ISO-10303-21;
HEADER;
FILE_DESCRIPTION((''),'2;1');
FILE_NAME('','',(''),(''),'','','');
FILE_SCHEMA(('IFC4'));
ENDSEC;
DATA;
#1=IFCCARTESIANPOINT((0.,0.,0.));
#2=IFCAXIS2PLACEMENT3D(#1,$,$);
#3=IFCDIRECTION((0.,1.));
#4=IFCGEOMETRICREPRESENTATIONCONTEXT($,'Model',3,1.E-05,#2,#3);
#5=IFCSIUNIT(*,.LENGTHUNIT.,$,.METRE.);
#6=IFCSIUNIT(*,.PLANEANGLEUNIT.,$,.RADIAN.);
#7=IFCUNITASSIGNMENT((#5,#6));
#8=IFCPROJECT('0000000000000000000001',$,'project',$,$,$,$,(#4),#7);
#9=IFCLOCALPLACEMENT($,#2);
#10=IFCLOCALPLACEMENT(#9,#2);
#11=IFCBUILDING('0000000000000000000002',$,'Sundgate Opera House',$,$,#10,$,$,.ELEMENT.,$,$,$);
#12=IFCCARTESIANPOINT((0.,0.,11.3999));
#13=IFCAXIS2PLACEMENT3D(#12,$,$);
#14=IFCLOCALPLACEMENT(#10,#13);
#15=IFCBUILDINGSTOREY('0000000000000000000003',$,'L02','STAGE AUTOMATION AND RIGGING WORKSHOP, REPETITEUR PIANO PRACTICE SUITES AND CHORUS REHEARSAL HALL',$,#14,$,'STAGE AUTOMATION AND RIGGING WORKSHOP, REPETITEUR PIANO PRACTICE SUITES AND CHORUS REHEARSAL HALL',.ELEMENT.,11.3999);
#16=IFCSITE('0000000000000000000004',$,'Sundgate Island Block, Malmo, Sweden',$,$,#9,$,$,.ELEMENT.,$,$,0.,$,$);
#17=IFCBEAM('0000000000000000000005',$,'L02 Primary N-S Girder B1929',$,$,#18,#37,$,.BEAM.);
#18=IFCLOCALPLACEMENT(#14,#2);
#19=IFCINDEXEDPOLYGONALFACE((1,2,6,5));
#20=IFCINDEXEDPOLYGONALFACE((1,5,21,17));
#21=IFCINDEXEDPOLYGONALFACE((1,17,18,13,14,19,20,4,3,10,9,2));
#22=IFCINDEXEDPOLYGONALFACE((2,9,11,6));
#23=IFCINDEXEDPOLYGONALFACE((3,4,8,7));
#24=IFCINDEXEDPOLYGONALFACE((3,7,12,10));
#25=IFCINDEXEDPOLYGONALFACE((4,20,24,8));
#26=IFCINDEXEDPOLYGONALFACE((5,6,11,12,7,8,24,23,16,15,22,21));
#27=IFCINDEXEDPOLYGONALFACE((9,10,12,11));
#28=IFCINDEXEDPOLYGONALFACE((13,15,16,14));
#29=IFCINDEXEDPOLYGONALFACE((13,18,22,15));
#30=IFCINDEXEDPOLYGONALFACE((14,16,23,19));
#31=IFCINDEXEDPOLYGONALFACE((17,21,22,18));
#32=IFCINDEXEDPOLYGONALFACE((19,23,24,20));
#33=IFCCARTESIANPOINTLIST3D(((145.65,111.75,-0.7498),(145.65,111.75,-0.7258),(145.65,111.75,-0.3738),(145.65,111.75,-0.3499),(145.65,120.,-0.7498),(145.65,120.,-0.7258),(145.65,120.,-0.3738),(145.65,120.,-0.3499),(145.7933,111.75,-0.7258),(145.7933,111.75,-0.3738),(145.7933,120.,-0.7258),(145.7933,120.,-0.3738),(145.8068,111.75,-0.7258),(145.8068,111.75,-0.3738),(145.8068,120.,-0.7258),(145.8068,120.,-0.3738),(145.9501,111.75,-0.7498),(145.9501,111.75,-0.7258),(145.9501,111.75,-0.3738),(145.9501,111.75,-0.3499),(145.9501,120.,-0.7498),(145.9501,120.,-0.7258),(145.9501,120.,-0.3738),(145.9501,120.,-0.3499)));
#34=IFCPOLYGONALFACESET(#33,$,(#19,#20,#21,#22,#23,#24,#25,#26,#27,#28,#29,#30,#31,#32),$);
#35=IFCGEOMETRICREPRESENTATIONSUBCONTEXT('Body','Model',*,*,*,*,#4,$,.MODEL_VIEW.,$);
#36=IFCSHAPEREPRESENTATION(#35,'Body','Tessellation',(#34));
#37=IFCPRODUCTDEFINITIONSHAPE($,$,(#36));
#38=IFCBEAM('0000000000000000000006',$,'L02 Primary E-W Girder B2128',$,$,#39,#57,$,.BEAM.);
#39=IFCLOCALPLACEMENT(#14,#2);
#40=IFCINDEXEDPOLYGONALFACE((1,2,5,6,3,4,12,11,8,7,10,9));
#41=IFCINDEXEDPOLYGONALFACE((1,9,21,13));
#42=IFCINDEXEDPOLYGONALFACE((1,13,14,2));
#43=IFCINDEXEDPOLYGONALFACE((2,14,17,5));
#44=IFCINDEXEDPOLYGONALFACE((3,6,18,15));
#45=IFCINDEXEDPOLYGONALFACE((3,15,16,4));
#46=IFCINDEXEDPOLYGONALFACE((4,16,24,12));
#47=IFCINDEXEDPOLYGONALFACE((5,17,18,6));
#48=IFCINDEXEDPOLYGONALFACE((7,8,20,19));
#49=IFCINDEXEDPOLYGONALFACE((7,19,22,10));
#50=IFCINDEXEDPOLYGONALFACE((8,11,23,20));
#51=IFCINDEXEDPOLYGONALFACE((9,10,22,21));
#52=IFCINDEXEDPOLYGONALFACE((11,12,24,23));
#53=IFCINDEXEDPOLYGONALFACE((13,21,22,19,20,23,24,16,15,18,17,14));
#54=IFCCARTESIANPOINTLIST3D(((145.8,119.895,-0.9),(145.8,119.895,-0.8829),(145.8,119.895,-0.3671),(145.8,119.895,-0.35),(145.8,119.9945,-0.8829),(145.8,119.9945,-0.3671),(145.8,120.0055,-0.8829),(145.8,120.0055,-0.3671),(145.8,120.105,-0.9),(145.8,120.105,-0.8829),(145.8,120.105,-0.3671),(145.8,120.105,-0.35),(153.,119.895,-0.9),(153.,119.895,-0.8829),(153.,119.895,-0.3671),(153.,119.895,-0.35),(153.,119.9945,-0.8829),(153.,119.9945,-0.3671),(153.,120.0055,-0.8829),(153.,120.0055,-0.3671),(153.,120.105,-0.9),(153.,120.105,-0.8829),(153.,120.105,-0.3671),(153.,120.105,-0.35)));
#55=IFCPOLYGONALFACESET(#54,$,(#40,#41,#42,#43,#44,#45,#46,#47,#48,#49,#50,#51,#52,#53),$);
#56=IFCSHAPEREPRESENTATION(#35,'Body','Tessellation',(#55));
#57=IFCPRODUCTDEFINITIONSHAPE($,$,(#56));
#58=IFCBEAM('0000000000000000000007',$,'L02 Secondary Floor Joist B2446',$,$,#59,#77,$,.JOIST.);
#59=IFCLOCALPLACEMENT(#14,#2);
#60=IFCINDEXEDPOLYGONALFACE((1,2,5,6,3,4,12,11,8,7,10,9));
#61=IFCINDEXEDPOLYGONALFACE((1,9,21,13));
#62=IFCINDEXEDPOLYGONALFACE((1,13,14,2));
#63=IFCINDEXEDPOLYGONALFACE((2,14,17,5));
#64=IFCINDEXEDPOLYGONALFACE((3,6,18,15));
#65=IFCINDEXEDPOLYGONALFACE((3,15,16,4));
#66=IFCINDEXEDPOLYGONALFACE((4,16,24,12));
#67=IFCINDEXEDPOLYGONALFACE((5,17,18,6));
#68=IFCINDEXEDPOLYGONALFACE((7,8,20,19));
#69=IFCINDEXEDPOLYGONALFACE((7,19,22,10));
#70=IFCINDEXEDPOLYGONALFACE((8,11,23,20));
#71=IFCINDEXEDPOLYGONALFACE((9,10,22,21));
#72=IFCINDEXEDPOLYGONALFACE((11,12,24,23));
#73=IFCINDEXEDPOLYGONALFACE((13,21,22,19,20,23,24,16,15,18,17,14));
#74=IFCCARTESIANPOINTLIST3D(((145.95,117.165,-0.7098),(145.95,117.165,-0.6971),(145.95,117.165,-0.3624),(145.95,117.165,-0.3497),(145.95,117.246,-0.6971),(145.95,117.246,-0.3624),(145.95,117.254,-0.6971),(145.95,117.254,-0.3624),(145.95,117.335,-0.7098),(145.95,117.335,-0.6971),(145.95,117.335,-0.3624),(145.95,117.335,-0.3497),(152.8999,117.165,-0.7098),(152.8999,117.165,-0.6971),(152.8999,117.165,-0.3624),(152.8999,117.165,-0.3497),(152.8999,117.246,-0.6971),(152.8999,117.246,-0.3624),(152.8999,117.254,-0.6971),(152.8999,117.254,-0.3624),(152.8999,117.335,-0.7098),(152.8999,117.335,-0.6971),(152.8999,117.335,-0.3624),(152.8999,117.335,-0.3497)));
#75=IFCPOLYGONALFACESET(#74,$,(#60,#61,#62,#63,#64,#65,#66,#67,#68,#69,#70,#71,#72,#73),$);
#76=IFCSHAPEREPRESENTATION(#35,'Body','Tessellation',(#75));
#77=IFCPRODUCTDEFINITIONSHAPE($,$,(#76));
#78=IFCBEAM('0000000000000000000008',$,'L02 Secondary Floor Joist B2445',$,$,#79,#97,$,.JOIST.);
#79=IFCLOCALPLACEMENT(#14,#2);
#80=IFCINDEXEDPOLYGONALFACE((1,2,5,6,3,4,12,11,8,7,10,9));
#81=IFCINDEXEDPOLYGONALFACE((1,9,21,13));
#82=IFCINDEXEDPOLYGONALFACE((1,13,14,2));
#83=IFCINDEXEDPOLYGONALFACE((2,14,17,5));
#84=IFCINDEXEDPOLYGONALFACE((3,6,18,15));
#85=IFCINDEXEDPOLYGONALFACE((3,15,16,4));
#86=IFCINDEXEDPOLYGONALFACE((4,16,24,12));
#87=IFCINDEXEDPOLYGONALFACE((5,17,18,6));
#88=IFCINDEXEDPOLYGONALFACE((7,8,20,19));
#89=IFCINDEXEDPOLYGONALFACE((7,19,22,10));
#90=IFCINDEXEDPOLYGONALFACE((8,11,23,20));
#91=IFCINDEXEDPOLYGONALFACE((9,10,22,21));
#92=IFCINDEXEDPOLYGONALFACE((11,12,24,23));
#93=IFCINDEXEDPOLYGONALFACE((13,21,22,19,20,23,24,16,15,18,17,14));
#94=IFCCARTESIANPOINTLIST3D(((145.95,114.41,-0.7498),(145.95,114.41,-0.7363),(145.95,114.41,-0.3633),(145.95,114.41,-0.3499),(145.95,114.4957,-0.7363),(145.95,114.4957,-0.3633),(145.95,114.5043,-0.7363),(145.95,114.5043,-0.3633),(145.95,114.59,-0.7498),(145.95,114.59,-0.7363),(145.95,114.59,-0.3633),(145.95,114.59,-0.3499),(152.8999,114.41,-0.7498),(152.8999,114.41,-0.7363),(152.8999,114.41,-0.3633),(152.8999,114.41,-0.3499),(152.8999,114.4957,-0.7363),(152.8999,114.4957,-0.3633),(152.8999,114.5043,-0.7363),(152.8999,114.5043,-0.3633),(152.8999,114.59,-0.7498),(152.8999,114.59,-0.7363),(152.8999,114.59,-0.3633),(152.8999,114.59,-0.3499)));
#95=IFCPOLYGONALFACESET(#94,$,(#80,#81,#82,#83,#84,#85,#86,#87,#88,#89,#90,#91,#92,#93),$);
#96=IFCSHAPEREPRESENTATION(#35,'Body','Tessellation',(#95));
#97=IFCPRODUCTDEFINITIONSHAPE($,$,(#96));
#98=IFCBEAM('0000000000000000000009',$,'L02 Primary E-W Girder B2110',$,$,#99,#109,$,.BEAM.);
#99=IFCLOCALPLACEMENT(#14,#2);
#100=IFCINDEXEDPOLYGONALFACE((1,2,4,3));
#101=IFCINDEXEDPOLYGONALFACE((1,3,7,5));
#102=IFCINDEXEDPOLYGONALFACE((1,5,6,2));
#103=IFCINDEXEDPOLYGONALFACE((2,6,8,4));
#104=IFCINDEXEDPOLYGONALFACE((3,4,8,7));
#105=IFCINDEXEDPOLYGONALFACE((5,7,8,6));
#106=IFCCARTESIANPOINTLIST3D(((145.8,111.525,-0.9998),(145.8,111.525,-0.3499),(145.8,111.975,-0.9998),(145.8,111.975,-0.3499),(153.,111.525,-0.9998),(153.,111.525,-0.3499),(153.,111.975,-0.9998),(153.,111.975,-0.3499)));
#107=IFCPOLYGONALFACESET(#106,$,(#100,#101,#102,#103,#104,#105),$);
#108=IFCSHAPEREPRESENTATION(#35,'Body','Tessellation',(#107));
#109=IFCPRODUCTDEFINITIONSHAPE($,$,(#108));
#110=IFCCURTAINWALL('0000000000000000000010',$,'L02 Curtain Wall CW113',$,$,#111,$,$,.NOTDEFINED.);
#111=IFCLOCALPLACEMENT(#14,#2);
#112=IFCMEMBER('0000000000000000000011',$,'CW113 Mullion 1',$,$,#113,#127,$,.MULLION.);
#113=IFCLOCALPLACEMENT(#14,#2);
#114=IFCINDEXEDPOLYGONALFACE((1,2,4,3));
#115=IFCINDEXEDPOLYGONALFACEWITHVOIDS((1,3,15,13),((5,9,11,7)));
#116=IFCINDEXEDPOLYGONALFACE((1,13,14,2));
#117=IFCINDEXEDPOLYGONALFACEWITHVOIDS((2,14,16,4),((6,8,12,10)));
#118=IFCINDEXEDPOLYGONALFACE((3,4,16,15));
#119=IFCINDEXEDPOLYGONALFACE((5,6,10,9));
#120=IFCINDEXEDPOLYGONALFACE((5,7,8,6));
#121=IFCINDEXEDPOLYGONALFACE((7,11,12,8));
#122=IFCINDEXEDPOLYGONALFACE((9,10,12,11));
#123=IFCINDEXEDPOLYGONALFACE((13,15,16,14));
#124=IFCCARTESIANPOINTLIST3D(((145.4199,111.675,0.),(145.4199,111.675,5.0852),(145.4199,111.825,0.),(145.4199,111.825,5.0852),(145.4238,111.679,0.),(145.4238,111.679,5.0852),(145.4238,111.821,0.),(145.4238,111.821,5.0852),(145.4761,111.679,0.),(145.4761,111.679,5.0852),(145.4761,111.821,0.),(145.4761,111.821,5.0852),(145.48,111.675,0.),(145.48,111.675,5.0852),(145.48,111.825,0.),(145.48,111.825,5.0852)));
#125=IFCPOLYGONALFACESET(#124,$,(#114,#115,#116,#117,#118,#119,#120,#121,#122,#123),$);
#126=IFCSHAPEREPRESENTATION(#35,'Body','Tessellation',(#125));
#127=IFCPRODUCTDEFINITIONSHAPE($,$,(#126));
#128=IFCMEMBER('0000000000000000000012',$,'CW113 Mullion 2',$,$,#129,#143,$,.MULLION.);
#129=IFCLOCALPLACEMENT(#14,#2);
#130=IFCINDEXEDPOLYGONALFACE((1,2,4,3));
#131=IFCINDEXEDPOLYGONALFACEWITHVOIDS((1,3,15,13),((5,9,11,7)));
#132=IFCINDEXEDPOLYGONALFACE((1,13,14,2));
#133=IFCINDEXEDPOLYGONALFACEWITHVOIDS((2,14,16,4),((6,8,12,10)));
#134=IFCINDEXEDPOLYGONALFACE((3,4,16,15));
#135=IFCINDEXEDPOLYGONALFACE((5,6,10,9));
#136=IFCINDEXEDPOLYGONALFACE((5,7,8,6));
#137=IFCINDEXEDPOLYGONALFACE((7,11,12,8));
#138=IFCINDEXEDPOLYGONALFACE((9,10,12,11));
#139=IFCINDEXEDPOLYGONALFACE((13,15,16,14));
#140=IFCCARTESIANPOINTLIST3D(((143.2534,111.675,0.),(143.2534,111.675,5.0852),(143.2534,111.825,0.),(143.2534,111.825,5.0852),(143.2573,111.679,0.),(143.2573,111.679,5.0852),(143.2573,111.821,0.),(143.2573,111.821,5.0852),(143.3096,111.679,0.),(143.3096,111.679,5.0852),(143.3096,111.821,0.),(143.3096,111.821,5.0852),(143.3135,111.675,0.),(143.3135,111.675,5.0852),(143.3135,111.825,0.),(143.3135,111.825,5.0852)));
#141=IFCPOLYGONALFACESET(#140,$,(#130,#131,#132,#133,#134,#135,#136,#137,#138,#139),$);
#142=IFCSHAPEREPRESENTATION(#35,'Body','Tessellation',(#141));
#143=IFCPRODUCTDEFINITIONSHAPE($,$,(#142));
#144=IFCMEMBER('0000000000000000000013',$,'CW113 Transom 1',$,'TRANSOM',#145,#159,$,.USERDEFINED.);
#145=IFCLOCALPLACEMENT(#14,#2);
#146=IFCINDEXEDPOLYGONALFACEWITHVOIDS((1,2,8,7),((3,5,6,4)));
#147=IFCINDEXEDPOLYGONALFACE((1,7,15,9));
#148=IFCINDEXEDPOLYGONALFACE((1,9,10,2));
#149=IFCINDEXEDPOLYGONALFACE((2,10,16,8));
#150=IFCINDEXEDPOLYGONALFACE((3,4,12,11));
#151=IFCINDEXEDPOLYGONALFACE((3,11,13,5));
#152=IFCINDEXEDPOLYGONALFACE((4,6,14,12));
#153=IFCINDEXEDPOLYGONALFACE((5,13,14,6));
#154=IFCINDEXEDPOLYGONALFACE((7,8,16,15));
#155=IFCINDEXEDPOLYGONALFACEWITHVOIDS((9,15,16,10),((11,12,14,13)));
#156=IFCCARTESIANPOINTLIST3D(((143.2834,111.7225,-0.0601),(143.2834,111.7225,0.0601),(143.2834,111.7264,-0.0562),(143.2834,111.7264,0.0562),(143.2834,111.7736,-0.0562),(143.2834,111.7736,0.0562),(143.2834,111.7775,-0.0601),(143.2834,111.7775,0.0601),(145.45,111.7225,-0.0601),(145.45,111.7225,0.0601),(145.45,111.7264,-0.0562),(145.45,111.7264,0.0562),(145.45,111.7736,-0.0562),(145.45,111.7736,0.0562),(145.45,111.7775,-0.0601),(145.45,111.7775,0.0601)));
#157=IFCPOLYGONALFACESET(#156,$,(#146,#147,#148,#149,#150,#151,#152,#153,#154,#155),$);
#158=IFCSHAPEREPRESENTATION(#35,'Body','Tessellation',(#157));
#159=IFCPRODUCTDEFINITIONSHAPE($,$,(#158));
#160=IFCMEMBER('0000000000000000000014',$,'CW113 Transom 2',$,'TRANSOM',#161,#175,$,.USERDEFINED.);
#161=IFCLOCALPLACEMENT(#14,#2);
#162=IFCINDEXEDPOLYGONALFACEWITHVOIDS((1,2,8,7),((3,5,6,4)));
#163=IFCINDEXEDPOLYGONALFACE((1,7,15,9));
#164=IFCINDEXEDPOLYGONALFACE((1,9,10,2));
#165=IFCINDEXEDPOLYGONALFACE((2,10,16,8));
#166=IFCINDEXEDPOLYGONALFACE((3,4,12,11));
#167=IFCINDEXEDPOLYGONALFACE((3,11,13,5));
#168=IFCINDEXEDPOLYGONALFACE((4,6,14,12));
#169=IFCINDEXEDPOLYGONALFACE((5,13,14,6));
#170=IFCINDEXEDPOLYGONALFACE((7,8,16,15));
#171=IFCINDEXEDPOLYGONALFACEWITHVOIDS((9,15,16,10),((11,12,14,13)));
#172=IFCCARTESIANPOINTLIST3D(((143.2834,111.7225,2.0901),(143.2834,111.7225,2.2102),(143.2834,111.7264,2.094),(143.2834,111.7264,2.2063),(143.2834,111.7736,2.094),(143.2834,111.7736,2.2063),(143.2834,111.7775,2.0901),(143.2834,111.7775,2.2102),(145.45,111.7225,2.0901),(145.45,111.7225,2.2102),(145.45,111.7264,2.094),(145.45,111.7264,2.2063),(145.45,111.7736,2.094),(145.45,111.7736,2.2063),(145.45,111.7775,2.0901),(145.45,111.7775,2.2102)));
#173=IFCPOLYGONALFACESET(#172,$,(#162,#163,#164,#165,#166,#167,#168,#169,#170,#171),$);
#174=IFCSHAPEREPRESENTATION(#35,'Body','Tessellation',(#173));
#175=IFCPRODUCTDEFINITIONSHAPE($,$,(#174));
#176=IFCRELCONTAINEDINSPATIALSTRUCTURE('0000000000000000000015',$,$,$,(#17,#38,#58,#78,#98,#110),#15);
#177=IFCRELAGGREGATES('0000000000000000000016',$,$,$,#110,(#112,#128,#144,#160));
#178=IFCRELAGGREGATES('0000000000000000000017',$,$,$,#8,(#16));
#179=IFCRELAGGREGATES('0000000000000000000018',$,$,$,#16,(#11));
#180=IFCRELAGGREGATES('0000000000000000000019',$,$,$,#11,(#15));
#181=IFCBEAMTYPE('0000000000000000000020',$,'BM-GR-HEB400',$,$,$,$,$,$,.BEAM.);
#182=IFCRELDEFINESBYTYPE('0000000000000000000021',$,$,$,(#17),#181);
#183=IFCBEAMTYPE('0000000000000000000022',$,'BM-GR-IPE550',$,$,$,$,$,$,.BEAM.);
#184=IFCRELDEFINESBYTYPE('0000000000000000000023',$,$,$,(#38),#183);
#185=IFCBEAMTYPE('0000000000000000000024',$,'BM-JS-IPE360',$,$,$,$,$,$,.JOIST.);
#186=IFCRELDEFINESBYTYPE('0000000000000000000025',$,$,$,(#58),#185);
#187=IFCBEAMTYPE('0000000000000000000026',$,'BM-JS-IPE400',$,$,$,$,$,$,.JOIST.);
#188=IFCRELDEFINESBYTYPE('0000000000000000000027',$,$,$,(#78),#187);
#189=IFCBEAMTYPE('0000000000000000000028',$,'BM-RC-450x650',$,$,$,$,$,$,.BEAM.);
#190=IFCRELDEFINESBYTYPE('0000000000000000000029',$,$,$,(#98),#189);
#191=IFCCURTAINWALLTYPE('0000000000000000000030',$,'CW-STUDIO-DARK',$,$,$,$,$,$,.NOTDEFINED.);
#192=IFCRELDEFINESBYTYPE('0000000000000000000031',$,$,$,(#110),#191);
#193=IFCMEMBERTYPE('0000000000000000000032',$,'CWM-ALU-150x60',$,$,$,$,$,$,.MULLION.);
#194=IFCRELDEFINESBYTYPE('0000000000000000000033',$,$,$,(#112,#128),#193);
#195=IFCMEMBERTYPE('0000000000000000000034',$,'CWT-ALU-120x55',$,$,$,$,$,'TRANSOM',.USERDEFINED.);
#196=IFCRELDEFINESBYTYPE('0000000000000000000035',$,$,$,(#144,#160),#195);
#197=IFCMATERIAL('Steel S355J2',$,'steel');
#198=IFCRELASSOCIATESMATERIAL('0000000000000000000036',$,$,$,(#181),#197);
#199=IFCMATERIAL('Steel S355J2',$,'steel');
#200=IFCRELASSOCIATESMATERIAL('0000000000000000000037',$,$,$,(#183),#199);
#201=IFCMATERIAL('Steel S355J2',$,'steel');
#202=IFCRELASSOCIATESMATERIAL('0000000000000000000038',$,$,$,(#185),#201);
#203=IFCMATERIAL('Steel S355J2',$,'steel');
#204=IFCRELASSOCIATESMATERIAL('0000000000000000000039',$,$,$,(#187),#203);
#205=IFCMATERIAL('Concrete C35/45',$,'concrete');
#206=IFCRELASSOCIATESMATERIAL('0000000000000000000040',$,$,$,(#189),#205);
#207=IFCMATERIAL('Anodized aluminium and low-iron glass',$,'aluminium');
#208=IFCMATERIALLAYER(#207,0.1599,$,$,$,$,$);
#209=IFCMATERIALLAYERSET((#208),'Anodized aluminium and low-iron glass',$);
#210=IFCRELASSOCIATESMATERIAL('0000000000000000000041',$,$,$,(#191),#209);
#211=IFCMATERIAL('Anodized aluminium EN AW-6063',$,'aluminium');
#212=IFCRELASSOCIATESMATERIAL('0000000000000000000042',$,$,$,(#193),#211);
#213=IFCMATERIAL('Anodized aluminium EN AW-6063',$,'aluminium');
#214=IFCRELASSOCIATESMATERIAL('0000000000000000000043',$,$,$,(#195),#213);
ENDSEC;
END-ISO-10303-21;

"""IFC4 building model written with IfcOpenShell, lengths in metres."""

from ifc_helpers import new_model, si_unit, direction, frame, origin, origin_2d, place, context, subcontext, project, spatial, rectangle, hollow_rectangle, i_section, extrude, material, layer, layer_set, material_profile, profile_set, type_object, element, aggregate, save


model = new_model("IFC4")

# Units and contexts
model_context = context("Model", 3, precision=1e-05, world=origin(), true_north=direction((0.0, 1.0)))
body_context = subcontext(model_context, "Body", "Model", "MODEL_VIEW")
ifc_project = project(units=[si_unit("LENGTHUNIT", "METRE"), si_unit("PLANEANGLEUNIT", "RADIAN")], contexts=[model_context])

# Site, building, storey
site_placement = place(None, origin())
site = spatial("IfcSite", under=ifc_project, at=site_placement, Name="Sundgate Island Block, Malmo, Sweden", CompositionType="ELEMENT", RefElevation=0.0)
building_placement = place(site_placement, origin())
building = spatial("IfcBuilding", under=site, at=building_placement, Name="Sundgate Opera House", CompositionType="ELEMENT")
storey_placement = place(building_placement, frame((0.0, 0.0, 11.3999)))
storey = spatial("IfcBuildingStorey", under=building, at=storey_placement, Name="L02", Description="STAGE AUTOMATION AND RIGGING WORKSHOP, REPETITEUR PIANO PRACTICE SUITES AND CHORUS REHEARSAL HALL", LongName="STAGE AUTOMATION AND RIGGING WORKSHOP, REPETITEUR PIANO PRACTICE SUITES AND CHORUS REHEARSAL HALL", CompositionType="ELEMENT", Elevation=11.3999)

# Beams
ifc_material_1 = material(Name="Steel S355J2", Category="steel")
ifc_material_profile_1 = material_profile(ifc_material_1, i_section(OverallWidth=0.3, OverallDepth=0.3999, WebThickness=0.0134, FlangeThickness=0.0239, at=origin_2d()), Name="HEB 400")
ifc_profile_set_1 = profile_set([ifc_material_profile_1], Name="Steel S355J2")
beam_type_1 = type_object("IfcBeamType", Name="BM-GR-HEB400", PredefinedType="BEAM", material=ifc_profile_set_1)
beam_1_placement = place(storey_placement, frame((145.8, 111.75, -0.5498), z_axis=(0.0, 1.0, 0.0), x_axis=(-1.0, 0.0, 0.0)))
element("IfcBeam", 1, at=beam_1_placement, inside=storey, type_object=beam_type_1, Name="L02 Primary N-S Girder B1929", PredefinedType="BEAM", context=body_context, shape_type="SweptSolid", body=[
    extrude(i_section(OverallWidth=0.3, OverallDepth=0.3999, WebThickness=0.0134, FlangeThickness=0.0239, at=origin_2d()), origin(), (0.0, 0.0, 1.0), 8.25),
])
ifc_material_2 = material(Name="Steel S355J2", Category="steel")
ifc_material_profile_2 = material_profile(ifc_material_2, i_section(OverallWidth=0.21, OverallDepth=0.55, WebThickness=0.011, FlangeThickness=0.0171, at=origin_2d()), Name="IPE 550")
ifc_profile_set_2 = profile_set([ifc_material_profile_2], Name="Steel S355J2")
beam_type_2 = type_object("IfcBeamType", Name="BM-GR-IPE550", PredefinedType="BEAM", material=ifc_profile_set_2)
beam_2_placement = place(storey_placement, frame((145.8, 120.0, -0.625), z_axis=(1.0, 0.0, 0.0), x_axis=(0.0, 1.0, 0.0)))
element("IfcBeam", 2, at=beam_2_placement, inside=storey, type_object=beam_type_2, Name="L02 Primary E-W Girder B2128", PredefinedType="BEAM", context=body_context, shape_type="SweptSolid", body=[
    extrude(i_section(OverallWidth=0.21, OverallDepth=0.55, WebThickness=0.011, FlangeThickness=0.0171, at=origin_2d()), origin(), (0.0, 0.0, 1.0), 7.2),
])
ifc_material_3 = material(Name="Steel S355J2", Category="steel")
ifc_material_profile_3 = material_profile(ifc_material_3, i_section(OverallWidth=0.1699, OverallDepth=0.3601, WebThickness=0.0081, FlangeThickness=0.0127, at=origin_2d()), Name="IPE 360")
ifc_profile_set_3 = profile_set([ifc_material_profile_3], Name="Steel S355J2")
beam_type_3 = type_object("IfcBeamType", Name="BM-JS-IPE360", PredefinedType="JOIST", material=ifc_profile_set_3)
beam_3_placement = place(storey_placement, frame((145.95, 117.25, -0.5298), z_axis=(1.0, 0.0, 0.0), x_axis=(0.0, 1.0, 0.0)))
element("IfcBeam", 3, at=beam_3_placement, inside=storey, type_object=beam_type_3, Name="L02 Secondary Floor Joist B2446", PredefinedType="JOIST", context=body_context, shape_type="SweptSolid", body=[
    extrude(i_section(OverallWidth=0.1699, OverallDepth=0.3601, WebThickness=0.0081, FlangeThickness=0.0127, at=origin_2d()), origin(), (0.0, 0.0, 1.0), 6.95),
])
ifc_material_4 = material(Name="Steel S355J2", Category="steel")
ifc_material_profile_4 = material_profile(ifc_material_4, i_section(OverallWidth=0.1799, OverallDepth=0.3999, WebThickness=0.0085, FlangeThickness=0.0134, at=origin_2d()), Name="IPE 400")
ifc_profile_set_4 = profile_set([ifc_material_profile_4], Name="Steel S355J2")
beam_type_4 = type_object("IfcBeamType", Name="BM-JS-IPE400", PredefinedType="JOIST", material=ifc_profile_set_4)
beam_4_placement = place(storey_placement, frame((145.95, 114.5, -0.5498), z_axis=(1.0, 0.0, 0.0), x_axis=(0.0, 1.0, 0.0)))
element("IfcBeam", 4, at=beam_4_placement, inside=storey, type_object=beam_type_4, Name="L02 Secondary Floor Joist B2445", PredefinedType="JOIST", context=body_context, shape_type="SweptSolid", body=[
    extrude(i_section(OverallWidth=0.1799, OverallDepth=0.3999, WebThickness=0.0085, FlangeThickness=0.0134, at=origin_2d()), origin(), (0.0, 0.0, 1.0), 6.95),
])
ifc_material_5 = material(Name="Concrete C35/45", Category="concrete")
ifc_material_profile_5 = material_profile(ifc_material_5, rectangle(XDim=0.45, YDim=0.6499, at=origin_2d()), Name="RC 450x650")
ifc_profile_set_5 = profile_set([ifc_material_profile_5], Name="Concrete C35/45")
beam_type_5 = type_object("IfcBeamType", Name="BM-RC-450x650", PredefinedType="BEAM", material=ifc_profile_set_5)
beam_5_placement = place(storey_placement, frame((145.8, 111.75, -0.6748), z_axis=(1.0, 0.0, 0.0), x_axis=(0.0, 1.0, 0.0)))
element("IfcBeam", 5, at=beam_5_placement, inside=storey, type_object=beam_type_5, Name="L02 Primary E-W Girder B2110", PredefinedType="BEAM", context=body_context, shape_type="SweptSolid", body=[
    extrude(rectangle(XDim=0.45, YDim=0.6499, at=origin_2d()), origin(), (0.0, 0.0, 1.0), 7.2),
])

# Curtain wall, members
ifc_material_6 = material(Name="Anodized aluminium and low-iron glass", Category="aluminium")
ifc_layer_1 = layer(ifc_material_6, 0.1599)
ifc_layer_set_1 = layer_set([ifc_layer_1], Name="Anodized aluminium and low-iron glass")
curtain_wall_type = type_object("IfcCurtainWallType", Name="CW-STUDIO-DARK", PredefinedType="NOTDEFINED", material=ifc_layer_set_1)
curtain_wall_placement = place(storey_placement, origin())
curtain_wall = element("IfcCurtainWall", 6, at=curtain_wall_placement, inside=storey, type_object=curtain_wall_type, Name="L02 Curtain Wall CW113", PredefinedType="NOTDEFINED")
ifc_material_7 = material(Name="Anodized aluminium EN AW-6063", Category="aluminium")
ifc_material_profile_6 = material_profile(ifc_material_7, hollow_rectangle(XDim=0.0601, YDim=0.1499, WallThickness=0.0039, at=origin_2d()), Name="CWM 150x60x4")
ifc_profile_set_6 = profile_set([ifc_material_profile_6], Name="Anodized aluminium EN AW-6063")
member_type_1 = type_object("IfcMemberType", Name="CWM-ALU-150x60", PredefinedType="MULLION", material=ifc_profile_set_6)
member_1_placement = place(storey_placement, frame((145.45, 111.75, 0.0), z_axis=(0.0, 0.0, 1.0), x_axis=(1.0, 0.0, 0.0)))
member_1 = element("IfcMember", 7, at=member_1_placement, type_object=member_type_1, Name="CW113 Mullion 1", PredefinedType="MULLION", context=body_context, shape_type="SweptSolid", body=[
    extrude(hollow_rectangle(XDim=0.0601, YDim=0.1499, WallThickness=0.0039, at=origin_2d()), origin(), (0.0, 0.0, 1.0), 5.0852),
])
member_2_placement = place(storey_placement, frame((143.2834, 111.75, 0.0), z_axis=(0.0, 0.0, 1.0), x_axis=(1.0, 0.0, 0.0)))
member_2 = element("IfcMember", 8, at=member_2_placement, type_object=member_type_1, Name="CW113 Mullion 2", PredefinedType="MULLION", context=body_context, shape_type="SweptSolid", body=[
    extrude(hollow_rectangle(XDim=0.0601, YDim=0.1499, WallThickness=0.0039, at=origin_2d()), origin(), (0.0, 0.0, 1.0), 5.0852),
])
ifc_material_8 = material(Name="Anodized aluminium EN AW-6063", Category="aluminium")
ifc_material_profile_7 = material_profile(ifc_material_8, hollow_rectangle(XDim=0.0549, YDim=0.1201, WallThickness=0.0039, at=origin_2d()), Name="CWT 120x55x4")
ifc_profile_set_7 = profile_set([ifc_material_profile_7], Name="Anodized aluminium EN AW-6063")
member_type_2 = type_object("IfcMemberType", Name="CWT-ALU-120x55", ElementType="TRANSOM", PredefinedType="USERDEFINED", material=ifc_profile_set_7)
member_3_placement = place(storey_placement, frame((145.45, 111.75, 0.0), z_axis=(-1.0, 0.0, 0.0), x_axis=(0.0, -1.0, 0.0)))
member_3 = element("IfcMember", 9, at=member_3_placement, type_object=member_type_2, Name="CW113 Transom 1", ObjectType="TRANSOM", PredefinedType="USERDEFINED", context=body_context, shape_type="SweptSolid", body=[
    extrude(hollow_rectangle(XDim=0.0549, YDim=0.1201, WallThickness=0.0039, at=origin_2d()), origin(), (0.0, 0.0, 1.0), 2.1665),
])
member_4_placement = place(storey_placement, frame((145.45, 111.75, 2.1501), z_axis=(-1.0, 0.0, 0.0), x_axis=(0.0, -1.0, 0.0)))
member_4 = element("IfcMember", 10, at=member_4_placement, type_object=member_type_2, Name="CW113 Transom 2", ObjectType="TRANSOM", PredefinedType="USERDEFINED", context=body_context, shape_type="SweptSolid", body=[
    extrude(hollow_rectangle(XDim=0.0549, YDim=0.1201, WallThickness=0.0039, at=origin_2d()), origin(), (0.0, 0.0, 1.0), 2.1665),
])
aggregate(curtain_wall, [member_1, member_2, member_3, member_4])

save(model, "model.ifc")
